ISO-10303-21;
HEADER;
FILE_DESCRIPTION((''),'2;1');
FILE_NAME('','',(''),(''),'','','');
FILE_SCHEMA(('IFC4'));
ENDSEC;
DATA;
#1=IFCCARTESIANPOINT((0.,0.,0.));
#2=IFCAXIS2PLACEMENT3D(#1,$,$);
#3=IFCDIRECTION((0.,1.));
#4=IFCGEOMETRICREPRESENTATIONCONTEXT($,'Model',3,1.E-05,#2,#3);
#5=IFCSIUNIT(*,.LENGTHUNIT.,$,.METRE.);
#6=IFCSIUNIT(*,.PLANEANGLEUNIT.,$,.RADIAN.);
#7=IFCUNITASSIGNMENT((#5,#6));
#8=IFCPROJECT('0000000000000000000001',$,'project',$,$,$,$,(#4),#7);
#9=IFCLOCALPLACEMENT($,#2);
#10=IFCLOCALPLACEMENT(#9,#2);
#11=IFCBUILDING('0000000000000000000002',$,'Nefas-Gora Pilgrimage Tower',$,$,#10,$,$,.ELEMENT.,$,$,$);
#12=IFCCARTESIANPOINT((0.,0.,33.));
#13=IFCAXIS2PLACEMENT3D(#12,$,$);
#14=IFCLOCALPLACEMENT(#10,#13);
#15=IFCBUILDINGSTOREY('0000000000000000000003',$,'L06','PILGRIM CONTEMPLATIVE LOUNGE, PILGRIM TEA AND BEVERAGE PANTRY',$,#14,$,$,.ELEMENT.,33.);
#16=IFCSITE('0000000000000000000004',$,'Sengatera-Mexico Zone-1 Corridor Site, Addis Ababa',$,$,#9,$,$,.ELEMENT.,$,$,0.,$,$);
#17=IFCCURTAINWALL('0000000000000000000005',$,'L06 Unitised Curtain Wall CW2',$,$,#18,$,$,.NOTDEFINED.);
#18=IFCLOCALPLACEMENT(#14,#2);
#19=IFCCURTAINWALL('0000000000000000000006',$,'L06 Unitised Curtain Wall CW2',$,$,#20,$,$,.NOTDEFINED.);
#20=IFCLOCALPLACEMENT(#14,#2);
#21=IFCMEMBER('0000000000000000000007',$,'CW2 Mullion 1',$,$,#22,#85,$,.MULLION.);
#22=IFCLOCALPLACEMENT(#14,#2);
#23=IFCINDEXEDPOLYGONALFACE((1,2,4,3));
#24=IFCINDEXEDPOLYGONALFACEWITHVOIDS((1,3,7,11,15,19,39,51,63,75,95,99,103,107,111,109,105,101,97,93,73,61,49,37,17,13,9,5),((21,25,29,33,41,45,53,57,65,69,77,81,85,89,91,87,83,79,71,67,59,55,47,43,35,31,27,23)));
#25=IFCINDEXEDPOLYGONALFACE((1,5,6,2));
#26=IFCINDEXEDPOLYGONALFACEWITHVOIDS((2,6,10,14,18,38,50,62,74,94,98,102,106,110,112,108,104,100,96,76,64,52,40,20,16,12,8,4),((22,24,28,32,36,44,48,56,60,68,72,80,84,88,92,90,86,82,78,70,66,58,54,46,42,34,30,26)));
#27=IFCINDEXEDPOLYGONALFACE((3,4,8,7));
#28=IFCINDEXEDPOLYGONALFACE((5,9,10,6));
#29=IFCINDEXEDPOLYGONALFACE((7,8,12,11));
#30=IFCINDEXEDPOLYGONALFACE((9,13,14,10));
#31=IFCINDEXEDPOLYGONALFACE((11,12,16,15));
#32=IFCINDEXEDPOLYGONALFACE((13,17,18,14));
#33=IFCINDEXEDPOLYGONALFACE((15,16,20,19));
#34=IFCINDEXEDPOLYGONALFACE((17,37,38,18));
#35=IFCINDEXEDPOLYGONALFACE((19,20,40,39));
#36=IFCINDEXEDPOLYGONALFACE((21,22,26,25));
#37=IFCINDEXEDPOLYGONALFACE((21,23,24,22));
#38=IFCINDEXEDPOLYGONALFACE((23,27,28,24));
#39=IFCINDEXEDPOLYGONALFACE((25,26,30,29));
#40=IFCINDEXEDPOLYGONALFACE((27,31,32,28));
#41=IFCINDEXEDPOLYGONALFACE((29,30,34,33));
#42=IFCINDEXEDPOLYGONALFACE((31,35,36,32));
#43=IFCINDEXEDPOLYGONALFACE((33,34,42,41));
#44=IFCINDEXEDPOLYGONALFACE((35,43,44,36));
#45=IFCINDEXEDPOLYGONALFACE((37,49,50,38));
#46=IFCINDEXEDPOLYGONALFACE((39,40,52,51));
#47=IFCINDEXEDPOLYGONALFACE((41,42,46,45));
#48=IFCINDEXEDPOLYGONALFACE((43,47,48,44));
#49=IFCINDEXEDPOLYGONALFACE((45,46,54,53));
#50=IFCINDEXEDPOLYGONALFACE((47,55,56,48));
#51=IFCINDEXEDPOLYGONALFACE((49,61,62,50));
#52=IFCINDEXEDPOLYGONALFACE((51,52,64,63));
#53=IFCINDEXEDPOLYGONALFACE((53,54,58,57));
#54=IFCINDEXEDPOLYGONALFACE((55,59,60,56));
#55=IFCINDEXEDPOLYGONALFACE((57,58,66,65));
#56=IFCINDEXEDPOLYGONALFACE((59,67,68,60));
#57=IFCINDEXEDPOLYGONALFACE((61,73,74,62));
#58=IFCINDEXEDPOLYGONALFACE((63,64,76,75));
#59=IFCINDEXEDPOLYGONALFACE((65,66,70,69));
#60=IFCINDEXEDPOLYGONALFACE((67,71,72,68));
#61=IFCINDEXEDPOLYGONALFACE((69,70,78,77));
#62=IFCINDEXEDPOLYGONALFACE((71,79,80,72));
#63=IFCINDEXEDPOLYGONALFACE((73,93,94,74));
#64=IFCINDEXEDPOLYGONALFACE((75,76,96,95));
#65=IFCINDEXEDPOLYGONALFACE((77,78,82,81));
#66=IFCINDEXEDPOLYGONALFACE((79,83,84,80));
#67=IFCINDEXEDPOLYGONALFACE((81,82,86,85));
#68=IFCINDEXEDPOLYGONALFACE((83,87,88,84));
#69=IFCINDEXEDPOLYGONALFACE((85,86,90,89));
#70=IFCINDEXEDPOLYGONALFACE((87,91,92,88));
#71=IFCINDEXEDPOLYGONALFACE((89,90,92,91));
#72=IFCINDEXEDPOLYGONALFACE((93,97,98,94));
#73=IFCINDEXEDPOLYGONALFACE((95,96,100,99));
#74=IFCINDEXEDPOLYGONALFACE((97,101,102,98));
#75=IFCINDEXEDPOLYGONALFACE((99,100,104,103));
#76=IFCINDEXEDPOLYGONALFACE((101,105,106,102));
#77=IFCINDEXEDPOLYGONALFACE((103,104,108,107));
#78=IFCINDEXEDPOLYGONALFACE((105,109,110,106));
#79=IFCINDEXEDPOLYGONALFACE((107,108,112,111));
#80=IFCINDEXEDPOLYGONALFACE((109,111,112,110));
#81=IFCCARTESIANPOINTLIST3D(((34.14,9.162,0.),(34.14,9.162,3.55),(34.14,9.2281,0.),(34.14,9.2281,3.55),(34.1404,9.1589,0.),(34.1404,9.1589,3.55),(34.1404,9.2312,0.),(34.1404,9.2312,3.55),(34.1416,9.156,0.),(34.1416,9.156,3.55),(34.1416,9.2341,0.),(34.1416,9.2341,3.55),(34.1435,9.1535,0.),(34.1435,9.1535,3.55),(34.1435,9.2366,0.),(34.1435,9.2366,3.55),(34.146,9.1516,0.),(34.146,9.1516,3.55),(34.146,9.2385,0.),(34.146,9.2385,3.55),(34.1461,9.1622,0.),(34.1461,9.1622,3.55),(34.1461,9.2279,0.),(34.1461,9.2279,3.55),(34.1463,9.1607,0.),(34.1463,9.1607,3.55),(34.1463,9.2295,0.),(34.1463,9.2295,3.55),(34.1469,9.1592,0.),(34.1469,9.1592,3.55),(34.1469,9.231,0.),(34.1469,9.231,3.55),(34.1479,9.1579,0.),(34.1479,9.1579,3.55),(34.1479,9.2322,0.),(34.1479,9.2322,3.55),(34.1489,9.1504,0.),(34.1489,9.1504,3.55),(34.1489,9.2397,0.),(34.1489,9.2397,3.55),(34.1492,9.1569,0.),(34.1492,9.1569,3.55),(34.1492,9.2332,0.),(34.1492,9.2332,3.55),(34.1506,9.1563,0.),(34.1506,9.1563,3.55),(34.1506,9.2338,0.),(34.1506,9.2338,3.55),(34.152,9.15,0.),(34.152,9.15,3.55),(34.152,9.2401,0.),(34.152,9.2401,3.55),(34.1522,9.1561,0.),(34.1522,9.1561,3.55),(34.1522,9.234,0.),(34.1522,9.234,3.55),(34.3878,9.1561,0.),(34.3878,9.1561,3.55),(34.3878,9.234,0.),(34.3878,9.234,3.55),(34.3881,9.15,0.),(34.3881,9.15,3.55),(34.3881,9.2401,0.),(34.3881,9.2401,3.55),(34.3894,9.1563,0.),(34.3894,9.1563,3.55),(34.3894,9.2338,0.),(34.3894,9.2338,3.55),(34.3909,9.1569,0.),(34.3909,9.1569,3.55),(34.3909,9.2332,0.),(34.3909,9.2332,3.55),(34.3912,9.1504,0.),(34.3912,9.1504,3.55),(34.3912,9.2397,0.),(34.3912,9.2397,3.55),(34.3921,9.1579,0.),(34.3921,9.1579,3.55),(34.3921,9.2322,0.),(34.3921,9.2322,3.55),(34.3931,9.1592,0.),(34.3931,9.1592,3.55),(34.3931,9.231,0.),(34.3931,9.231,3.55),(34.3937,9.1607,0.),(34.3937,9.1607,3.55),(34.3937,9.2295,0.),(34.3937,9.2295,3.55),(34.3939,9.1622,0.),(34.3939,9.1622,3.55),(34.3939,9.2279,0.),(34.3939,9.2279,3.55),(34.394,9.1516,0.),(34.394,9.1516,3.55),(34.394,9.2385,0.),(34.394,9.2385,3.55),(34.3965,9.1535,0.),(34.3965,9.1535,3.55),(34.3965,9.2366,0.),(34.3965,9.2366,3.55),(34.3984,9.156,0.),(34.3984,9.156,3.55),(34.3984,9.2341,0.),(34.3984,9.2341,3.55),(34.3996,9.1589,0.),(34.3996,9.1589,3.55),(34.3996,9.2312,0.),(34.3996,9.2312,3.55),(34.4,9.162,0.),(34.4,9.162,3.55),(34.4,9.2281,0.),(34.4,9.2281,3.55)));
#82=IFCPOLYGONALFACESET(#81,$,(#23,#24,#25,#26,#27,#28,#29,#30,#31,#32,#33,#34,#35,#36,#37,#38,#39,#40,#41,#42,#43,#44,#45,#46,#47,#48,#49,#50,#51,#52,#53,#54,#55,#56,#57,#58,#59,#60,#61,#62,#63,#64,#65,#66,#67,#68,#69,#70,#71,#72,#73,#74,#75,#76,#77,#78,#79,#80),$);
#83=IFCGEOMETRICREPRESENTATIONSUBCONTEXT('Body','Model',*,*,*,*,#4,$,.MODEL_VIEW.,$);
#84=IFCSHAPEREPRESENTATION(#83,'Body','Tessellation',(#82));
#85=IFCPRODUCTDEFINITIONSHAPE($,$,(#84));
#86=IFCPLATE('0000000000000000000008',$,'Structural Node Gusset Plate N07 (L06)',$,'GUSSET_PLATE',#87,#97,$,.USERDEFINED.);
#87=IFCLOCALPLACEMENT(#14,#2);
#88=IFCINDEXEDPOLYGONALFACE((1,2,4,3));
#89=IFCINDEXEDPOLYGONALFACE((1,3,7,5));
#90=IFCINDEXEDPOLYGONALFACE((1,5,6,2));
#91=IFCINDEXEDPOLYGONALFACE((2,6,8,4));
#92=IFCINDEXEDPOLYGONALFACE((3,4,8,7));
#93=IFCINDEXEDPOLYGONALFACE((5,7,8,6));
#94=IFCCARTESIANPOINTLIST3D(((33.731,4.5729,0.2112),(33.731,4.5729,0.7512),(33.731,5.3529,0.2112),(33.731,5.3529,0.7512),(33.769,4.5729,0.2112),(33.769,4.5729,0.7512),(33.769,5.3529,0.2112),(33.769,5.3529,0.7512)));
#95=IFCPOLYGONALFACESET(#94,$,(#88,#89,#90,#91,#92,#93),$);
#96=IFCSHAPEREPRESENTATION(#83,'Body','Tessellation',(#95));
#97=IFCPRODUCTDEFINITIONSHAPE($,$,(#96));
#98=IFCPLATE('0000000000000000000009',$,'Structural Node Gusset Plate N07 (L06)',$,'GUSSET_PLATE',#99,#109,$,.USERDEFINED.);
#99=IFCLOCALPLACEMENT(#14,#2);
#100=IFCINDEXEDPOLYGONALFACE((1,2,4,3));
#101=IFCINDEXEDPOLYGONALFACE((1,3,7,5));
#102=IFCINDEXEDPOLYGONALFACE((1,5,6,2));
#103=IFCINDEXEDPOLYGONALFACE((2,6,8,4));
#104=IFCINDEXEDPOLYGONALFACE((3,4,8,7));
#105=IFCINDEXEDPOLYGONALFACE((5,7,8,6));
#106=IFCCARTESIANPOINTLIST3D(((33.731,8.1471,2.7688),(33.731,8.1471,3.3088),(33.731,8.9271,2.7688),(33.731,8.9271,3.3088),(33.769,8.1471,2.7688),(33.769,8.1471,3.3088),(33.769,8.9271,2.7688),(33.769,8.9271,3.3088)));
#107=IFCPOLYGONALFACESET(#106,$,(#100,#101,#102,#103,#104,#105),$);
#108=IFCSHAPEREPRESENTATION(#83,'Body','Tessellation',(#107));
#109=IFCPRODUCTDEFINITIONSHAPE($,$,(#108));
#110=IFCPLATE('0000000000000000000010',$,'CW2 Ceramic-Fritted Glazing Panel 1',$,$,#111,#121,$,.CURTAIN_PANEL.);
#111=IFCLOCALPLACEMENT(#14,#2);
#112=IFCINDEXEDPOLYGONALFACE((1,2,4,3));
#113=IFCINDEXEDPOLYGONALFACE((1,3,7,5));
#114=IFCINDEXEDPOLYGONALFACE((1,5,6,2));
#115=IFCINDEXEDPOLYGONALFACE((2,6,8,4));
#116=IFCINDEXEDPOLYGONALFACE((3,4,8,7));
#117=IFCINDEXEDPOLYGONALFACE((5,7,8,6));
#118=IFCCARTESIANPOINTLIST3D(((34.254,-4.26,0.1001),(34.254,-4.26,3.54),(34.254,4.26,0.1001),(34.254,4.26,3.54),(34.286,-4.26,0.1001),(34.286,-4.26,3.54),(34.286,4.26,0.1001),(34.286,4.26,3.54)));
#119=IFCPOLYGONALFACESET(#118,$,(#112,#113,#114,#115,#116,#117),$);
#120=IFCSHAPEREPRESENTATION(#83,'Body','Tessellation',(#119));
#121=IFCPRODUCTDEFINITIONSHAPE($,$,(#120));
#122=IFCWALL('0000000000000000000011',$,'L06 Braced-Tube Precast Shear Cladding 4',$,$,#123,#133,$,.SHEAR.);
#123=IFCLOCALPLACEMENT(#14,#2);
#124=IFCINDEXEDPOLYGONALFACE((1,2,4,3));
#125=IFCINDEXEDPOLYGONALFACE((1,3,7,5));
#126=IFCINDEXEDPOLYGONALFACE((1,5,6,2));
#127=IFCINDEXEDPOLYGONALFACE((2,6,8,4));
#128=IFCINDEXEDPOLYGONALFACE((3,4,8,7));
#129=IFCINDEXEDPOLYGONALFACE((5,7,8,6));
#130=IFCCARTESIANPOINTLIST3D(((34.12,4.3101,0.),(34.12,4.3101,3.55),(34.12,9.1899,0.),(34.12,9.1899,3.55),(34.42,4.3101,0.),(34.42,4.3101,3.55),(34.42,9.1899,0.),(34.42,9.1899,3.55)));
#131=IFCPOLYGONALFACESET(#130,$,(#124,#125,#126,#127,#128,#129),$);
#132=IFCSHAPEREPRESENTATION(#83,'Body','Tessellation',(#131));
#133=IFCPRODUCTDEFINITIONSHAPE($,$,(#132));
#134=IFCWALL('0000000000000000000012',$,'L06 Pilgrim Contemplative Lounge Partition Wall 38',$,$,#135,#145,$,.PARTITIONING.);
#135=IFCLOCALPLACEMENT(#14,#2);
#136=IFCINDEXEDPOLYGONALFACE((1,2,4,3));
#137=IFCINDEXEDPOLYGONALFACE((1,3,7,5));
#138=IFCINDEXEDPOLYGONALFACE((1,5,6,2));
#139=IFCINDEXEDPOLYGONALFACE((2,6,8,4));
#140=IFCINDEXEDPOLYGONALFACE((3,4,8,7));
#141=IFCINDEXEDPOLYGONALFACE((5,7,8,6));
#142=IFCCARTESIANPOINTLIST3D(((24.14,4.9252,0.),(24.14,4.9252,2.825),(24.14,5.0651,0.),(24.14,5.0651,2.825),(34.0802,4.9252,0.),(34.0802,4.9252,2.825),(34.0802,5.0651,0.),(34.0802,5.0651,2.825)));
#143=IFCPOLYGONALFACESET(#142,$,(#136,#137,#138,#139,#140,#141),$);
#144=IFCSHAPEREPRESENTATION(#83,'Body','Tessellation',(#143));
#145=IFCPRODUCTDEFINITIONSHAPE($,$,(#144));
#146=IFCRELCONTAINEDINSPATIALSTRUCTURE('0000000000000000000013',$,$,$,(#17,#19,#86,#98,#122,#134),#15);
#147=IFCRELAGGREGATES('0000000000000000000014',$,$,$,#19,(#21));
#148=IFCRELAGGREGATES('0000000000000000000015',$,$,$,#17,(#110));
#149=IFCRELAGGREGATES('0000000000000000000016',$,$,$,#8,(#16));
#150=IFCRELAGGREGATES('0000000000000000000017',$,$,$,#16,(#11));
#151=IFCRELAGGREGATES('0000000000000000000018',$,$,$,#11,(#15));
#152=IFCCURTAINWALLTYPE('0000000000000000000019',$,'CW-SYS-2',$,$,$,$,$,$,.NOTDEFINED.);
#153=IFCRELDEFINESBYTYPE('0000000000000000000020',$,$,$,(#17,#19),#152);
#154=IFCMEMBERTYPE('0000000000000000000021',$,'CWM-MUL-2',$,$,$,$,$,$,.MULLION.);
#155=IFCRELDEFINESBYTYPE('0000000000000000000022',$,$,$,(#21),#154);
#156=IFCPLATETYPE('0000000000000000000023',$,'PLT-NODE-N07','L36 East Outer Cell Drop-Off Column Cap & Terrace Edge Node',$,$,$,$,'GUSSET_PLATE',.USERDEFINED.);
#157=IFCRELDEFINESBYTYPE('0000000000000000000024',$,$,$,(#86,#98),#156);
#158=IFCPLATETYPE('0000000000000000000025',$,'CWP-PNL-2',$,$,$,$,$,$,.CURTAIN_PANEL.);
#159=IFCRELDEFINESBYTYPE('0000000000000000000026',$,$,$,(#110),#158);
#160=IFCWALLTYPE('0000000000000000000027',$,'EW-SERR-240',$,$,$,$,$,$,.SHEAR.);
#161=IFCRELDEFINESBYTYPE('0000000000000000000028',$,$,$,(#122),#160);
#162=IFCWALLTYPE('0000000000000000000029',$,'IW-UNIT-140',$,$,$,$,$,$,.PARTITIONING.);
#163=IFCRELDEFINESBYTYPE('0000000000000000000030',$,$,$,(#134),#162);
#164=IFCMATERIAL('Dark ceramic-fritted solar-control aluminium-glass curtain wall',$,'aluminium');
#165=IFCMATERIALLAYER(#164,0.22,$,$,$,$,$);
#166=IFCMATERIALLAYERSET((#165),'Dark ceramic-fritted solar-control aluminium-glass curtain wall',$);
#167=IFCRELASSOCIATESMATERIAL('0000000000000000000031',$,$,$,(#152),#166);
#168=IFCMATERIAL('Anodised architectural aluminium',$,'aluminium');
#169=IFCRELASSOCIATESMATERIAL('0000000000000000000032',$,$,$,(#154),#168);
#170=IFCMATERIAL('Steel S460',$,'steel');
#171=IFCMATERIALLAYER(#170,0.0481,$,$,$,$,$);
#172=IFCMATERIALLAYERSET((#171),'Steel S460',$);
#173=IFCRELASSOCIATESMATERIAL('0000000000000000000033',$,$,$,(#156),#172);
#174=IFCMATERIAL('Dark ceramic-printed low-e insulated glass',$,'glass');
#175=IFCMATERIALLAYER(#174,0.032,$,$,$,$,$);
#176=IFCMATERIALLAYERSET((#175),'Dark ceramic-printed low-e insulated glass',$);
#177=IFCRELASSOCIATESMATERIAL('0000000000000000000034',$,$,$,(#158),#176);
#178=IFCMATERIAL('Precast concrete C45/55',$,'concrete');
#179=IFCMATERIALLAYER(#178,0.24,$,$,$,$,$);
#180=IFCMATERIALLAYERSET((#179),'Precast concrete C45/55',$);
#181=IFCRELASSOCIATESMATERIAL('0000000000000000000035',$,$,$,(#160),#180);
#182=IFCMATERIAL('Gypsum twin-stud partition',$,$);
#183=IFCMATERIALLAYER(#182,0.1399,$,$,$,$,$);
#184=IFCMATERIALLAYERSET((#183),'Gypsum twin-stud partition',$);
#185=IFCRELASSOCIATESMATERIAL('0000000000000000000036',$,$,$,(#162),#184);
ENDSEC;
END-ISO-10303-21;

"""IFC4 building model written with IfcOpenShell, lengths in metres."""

from ifc_helpers import new_model, si_unit, direction, frame, frame_2d, origin, origin_2d, place, context, subcontext, project, spatial, rectangle, hollow_rectangle, extrude, source, transform, mapped, material, layer, layer_set, material_profile, profile_set, type_object, element, aggregate, save


model = new_model("IFC4")

# Units and contexts
model_context = context("Model", 3, precision=1e-05, world=origin(), true_north=direction((0.0, 1.0)))
body_context = subcontext(model_context, "Body", "Model", "MODEL_VIEW")
ifc_project = project(units=[si_unit("LENGTHUNIT", "METRE"), si_unit("PLANEANGLEUNIT", "RADIAN")], contexts=[model_context])

# Site, building, storey
site_placement = place(None, origin())
site = spatial("IfcSite", under=ifc_project, at=site_placement, Name="Sengatera-Mexico Zone-1 Corridor Site, Addis Ababa", CompositionType="ELEMENT", RefElevation=0.0)
building_placement = place(site_placement, origin())
building = spatial("IfcBuilding", under=site, at=building_placement, Name="Nefas-Gora Pilgrimage Tower", CompositionType="ELEMENT")
storey_placement = place(building_placement, frame((0.0, 0.0, 33.0)))
storey = spatial("IfcBuildingStorey", under=building, at=storey_placement, Name="L06", Description="PILGRIM CONTEMPLATIVE LOUNGE, PILGRIM TEA AND BEVERAGE PANTRY", CompositionType="ELEMENT", Elevation=33.0)

# Shared definitions
ifc_material_1 = material(Name="Steel S460", Category="steel")

# Curtain walls, member
ifc_material_2 = material(Name="Dark ceramic-fritted solar-control aluminium-glass curtain wall", Category="aluminium")
ifc_layer_1 = layer(ifc_material_2, 0.22)
ifc_layer_set_1 = layer_set([ifc_layer_1], Name="Dark ceramic-fritted solar-control aluminium-glass curtain wall")
curtain_wall_type = type_object("IfcCurtainWallType", Name="CW-SYS-2", PredefinedType="NOTDEFINED", material=ifc_layer_set_1)
curtain_wall_1_placement = place(storey_placement, origin())
curtain_wall_1 = element("IfcCurtainWall", 1, at=curtain_wall_1_placement, inside=storey, type_object=curtain_wall_type, Name="L06 Unitised Curtain Wall CW2", PredefinedType="NOTDEFINED")
ifc_material_3 = material(Name="Anodised architectural aluminium", Category="aluminium")
ifc_material_profile_1 = material_profile(ifc_material_3, hollow_rectangle(XDim=0.0901, YDim=0.26, WallThickness=0.0061, InnerFilletRadius=0.0061, OuterFilletRadius=0.012, at=origin_2d()), Name="ALU MULLION 90x260")
ifc_profile_set_1 = profile_set([ifc_material_profile_1], Name="Anodised architectural aluminium")
member_type_1 = type_object("IfcMemberType", Name="CWM-MUL-2", PredefinedType="MULLION", material=ifc_profile_set_1)
shared_shape_1 = source(origin(), body_context, "Body", "SweptSolid", [
    extrude(hollow_rectangle(XDim=0.0901, YDim=0.26, WallThickness=0.0061, InnerFilletRadius=0.0061, OuterFilletRadius=0.012, at=origin_2d()), origin(), (0.0, 0.0, 1.0), 3.55),
])
curtain_wall_2_placement = place(storey_placement, origin())
curtain_wall_2 = element("IfcCurtainWall", 2, at=curtain_wall_2_placement, inside=storey, type_object=curtain_wall_type, Name="L06 Unitised Curtain Wall CW2", PredefinedType="NOTDEFINED")
member_1_placement = place(storey_placement, frame((34.27, 9.1951, 0.0), z_axis=(0.0, 0.0, 1.0), x_axis=(0.0, 1.0, 0.0)))
member_1 = element("IfcMember", 3, at=member_1_placement, type_object=member_type_1, Name="CW2 Mullion 1", PredefinedType="MULLION", context=body_context, shape_type="MappedRepresentation", body=[
    mapped(shared_shape_1, transform((0.0, 0.0, 0.0), x_axis=(1.0, 0.0, 0.0), y_axis=(0.0, 1.0, 0.0), z_axis=(0.0, 0.0, 1.0), scale=1.0)),
])
aggregate(curtain_wall_2, [member_1])

# Plates
ifc_layer_2 = layer(ifc_material_1, 0.0481)
ifc_layer_set_2 = layer_set([ifc_layer_2], Name="Steel S460")
plate_type_1 = type_object("IfcPlateType", Name="PLT-NODE-N07", Description="L36 East Outer Cell Drop-Off Column Cap & Terrace Edge Node", ElementType="GUSSET_PLATE", PredefinedType="USERDEFINED", material=ifc_layer_set_2)
shared_shape_2 = source(origin(), body_context, "Body", "SweptSolid", [
    extrude(rectangle(XDim=0.78, YDim=0.0381, at=origin_2d()), origin(), (0.0, 0.0, 1.0), 0.54),
])
for number, where, z_axis, x_axis, name in (
    (4, (33.75, 4.9629, 0.2112), (0.0, 0.0, 1.0), (0.0, 1.0, 0.0), "Structural Node Gusset Plate N07 (L06)"),
    (5, (33.75, 8.5371, 2.7688), (0.0, 0.0, 1.0), (0.0, 1.0, 0.0), "Structural Node Gusset Plate N07 (L06)"),
):
    element("IfcPlate", number, at=place(storey_placement, frame(where, z_axis=z_axis, x_axis=x_axis)), inside=storey, type_object=plate_type_1, Name=name, ObjectType="GUSSET_PLATE", PredefinedType="USERDEFINED", context=body_context, shape_type="MappedRepresentation", body=[
        mapped(shared_shape_2, transform((0.0, 0.0, 0.0), x_axis=(1.0, 0.0, 0.0), y_axis=(0.0, 1.0, 0.0), z_axis=(0.0, 0.0, 1.0), scale=1.0)),
    ])

# Plate
ifc_material_4 = material(Name="Dark ceramic-printed low-e insulated glass", Category="glass")
ifc_layer_3 = layer(ifc_material_4, 0.032)
ifc_layer_set_3 = layer_set([ifc_layer_3], Name="Dark ceramic-printed low-e insulated glass")
plate_type_2 = type_object("IfcPlateType", Name="CWP-PNL-2", PredefinedType="CURTAIN_PANEL", material=ifc_layer_set_3)
shared_shape_3 = source(origin(), body_context, "Body", "SweptSolid", [
    extrude(rectangle(XDim=8.52, YDim=0.032, at=origin_2d()), origin(), (0.0, 0.0, 1.0), 3.4399),
])
plate_placement = place(storey_placement, frame((34.27, 0.0, 0.1001), z_axis=(0.0, 0.0, 1.0), x_axis=(0.0, 1.0, 0.0)))
plate = element("IfcPlate", 6, at=plate_placement, type_object=plate_type_2, Name="CW2 Ceramic-Fritted Glazing Panel 1", PredefinedType="CURTAIN_PANEL", context=body_context, shape_type="MappedRepresentation", body=[
    mapped(shared_shape_3, transform((0.0, 0.0, 0.0), x_axis=(1.0, 0.0, 0.0), y_axis=(0.0, 1.0, 0.0), z_axis=(0.0, 0.0, 1.0), scale=1.0)),
])
aggregate(curtain_wall_1, [plate])

# Walls
ifc_material_5 = material(Name="Precast concrete C45/55", Category="concrete")
ifc_layer_4 = layer(ifc_material_5, 0.24)
ifc_layer_set_4 = layer_set([ifc_layer_4], Name="Precast concrete C45/55")
wall_type_1 = type_object("IfcWallType", Name="EW-SERR-240", PredefinedType="SHEAR", material=ifc_layer_set_4)
shared_shape_4 = source(origin(), body_context, "Body", "SweptSolid", [
    extrude(rectangle(XDim=4.8799, YDim=0.3, at=frame_2d((2.4399, 0.0))), origin(), (0.0, 0.0, 1.0), 3.55),
])
wall_1_placement = place(storey_placement, frame((34.27, 4.3101, 0.0), z_axis=(0.0, 0.0, 1.0), x_axis=(0.0, 1.0, 0.0)))
element("IfcWall", 7, at=wall_1_placement, inside=storey, type_object=wall_type_1, Name="L06 Braced-Tube Precast Shear Cladding 4", PredefinedType="SHEAR", context=body_context, shape_type="MappedRepresentation", body=[
    mapped(shared_shape_4, transform((0.0, 0.0, 0.0), x_axis=(1.0, 0.0, 0.0), y_axis=(0.0, 1.0, 0.0), z_axis=(0.0, 0.0, 1.0), scale=1.0)),
])
ifc_material_6 = material(Name="Gypsum twin-stud partition")
ifc_layer_5 = layer(ifc_material_6, 0.1399)
ifc_layer_set_5 = layer_set([ifc_layer_5], Name="Gypsum twin-stud partition")
wall_type_2 = type_object("IfcWallType", Name="IW-UNIT-140", PredefinedType="PARTITIONING", material=ifc_layer_set_5)
shared_shape_5 = source(origin(), body_context, "Body", "SweptSolid", [
    extrude(rectangle(XDim=9.9402, YDim=0.1399, at=frame_2d((4.9702, 0.0))), origin(), (0.0, 0.0, 1.0), 2.825),
])
wall_2_placement = place(storey_placement, frame((24.1399, 4.9951, 0.0), z_axis=(0.0, 0.0, 1.0), x_axis=(1.0, 0.0, 0.0)))
element("IfcWall", 8, at=wall_2_placement, inside=storey, type_object=wall_type_2, Name="L06 Pilgrim Contemplative Lounge Partition Wall 38", PredefinedType="PARTITIONING", context=body_context, shape_type="MappedRepresentation", body=[
    mapped(shared_shape_5, transform((0.0, 0.0, 0.0), x_axis=(1.0, 0.0, 0.0), y_axis=(0.0, 1.0, 0.0), z_axis=(0.0, 0.0, 1.0), scale=1.0)),
])

save(model, "model.ifc")
